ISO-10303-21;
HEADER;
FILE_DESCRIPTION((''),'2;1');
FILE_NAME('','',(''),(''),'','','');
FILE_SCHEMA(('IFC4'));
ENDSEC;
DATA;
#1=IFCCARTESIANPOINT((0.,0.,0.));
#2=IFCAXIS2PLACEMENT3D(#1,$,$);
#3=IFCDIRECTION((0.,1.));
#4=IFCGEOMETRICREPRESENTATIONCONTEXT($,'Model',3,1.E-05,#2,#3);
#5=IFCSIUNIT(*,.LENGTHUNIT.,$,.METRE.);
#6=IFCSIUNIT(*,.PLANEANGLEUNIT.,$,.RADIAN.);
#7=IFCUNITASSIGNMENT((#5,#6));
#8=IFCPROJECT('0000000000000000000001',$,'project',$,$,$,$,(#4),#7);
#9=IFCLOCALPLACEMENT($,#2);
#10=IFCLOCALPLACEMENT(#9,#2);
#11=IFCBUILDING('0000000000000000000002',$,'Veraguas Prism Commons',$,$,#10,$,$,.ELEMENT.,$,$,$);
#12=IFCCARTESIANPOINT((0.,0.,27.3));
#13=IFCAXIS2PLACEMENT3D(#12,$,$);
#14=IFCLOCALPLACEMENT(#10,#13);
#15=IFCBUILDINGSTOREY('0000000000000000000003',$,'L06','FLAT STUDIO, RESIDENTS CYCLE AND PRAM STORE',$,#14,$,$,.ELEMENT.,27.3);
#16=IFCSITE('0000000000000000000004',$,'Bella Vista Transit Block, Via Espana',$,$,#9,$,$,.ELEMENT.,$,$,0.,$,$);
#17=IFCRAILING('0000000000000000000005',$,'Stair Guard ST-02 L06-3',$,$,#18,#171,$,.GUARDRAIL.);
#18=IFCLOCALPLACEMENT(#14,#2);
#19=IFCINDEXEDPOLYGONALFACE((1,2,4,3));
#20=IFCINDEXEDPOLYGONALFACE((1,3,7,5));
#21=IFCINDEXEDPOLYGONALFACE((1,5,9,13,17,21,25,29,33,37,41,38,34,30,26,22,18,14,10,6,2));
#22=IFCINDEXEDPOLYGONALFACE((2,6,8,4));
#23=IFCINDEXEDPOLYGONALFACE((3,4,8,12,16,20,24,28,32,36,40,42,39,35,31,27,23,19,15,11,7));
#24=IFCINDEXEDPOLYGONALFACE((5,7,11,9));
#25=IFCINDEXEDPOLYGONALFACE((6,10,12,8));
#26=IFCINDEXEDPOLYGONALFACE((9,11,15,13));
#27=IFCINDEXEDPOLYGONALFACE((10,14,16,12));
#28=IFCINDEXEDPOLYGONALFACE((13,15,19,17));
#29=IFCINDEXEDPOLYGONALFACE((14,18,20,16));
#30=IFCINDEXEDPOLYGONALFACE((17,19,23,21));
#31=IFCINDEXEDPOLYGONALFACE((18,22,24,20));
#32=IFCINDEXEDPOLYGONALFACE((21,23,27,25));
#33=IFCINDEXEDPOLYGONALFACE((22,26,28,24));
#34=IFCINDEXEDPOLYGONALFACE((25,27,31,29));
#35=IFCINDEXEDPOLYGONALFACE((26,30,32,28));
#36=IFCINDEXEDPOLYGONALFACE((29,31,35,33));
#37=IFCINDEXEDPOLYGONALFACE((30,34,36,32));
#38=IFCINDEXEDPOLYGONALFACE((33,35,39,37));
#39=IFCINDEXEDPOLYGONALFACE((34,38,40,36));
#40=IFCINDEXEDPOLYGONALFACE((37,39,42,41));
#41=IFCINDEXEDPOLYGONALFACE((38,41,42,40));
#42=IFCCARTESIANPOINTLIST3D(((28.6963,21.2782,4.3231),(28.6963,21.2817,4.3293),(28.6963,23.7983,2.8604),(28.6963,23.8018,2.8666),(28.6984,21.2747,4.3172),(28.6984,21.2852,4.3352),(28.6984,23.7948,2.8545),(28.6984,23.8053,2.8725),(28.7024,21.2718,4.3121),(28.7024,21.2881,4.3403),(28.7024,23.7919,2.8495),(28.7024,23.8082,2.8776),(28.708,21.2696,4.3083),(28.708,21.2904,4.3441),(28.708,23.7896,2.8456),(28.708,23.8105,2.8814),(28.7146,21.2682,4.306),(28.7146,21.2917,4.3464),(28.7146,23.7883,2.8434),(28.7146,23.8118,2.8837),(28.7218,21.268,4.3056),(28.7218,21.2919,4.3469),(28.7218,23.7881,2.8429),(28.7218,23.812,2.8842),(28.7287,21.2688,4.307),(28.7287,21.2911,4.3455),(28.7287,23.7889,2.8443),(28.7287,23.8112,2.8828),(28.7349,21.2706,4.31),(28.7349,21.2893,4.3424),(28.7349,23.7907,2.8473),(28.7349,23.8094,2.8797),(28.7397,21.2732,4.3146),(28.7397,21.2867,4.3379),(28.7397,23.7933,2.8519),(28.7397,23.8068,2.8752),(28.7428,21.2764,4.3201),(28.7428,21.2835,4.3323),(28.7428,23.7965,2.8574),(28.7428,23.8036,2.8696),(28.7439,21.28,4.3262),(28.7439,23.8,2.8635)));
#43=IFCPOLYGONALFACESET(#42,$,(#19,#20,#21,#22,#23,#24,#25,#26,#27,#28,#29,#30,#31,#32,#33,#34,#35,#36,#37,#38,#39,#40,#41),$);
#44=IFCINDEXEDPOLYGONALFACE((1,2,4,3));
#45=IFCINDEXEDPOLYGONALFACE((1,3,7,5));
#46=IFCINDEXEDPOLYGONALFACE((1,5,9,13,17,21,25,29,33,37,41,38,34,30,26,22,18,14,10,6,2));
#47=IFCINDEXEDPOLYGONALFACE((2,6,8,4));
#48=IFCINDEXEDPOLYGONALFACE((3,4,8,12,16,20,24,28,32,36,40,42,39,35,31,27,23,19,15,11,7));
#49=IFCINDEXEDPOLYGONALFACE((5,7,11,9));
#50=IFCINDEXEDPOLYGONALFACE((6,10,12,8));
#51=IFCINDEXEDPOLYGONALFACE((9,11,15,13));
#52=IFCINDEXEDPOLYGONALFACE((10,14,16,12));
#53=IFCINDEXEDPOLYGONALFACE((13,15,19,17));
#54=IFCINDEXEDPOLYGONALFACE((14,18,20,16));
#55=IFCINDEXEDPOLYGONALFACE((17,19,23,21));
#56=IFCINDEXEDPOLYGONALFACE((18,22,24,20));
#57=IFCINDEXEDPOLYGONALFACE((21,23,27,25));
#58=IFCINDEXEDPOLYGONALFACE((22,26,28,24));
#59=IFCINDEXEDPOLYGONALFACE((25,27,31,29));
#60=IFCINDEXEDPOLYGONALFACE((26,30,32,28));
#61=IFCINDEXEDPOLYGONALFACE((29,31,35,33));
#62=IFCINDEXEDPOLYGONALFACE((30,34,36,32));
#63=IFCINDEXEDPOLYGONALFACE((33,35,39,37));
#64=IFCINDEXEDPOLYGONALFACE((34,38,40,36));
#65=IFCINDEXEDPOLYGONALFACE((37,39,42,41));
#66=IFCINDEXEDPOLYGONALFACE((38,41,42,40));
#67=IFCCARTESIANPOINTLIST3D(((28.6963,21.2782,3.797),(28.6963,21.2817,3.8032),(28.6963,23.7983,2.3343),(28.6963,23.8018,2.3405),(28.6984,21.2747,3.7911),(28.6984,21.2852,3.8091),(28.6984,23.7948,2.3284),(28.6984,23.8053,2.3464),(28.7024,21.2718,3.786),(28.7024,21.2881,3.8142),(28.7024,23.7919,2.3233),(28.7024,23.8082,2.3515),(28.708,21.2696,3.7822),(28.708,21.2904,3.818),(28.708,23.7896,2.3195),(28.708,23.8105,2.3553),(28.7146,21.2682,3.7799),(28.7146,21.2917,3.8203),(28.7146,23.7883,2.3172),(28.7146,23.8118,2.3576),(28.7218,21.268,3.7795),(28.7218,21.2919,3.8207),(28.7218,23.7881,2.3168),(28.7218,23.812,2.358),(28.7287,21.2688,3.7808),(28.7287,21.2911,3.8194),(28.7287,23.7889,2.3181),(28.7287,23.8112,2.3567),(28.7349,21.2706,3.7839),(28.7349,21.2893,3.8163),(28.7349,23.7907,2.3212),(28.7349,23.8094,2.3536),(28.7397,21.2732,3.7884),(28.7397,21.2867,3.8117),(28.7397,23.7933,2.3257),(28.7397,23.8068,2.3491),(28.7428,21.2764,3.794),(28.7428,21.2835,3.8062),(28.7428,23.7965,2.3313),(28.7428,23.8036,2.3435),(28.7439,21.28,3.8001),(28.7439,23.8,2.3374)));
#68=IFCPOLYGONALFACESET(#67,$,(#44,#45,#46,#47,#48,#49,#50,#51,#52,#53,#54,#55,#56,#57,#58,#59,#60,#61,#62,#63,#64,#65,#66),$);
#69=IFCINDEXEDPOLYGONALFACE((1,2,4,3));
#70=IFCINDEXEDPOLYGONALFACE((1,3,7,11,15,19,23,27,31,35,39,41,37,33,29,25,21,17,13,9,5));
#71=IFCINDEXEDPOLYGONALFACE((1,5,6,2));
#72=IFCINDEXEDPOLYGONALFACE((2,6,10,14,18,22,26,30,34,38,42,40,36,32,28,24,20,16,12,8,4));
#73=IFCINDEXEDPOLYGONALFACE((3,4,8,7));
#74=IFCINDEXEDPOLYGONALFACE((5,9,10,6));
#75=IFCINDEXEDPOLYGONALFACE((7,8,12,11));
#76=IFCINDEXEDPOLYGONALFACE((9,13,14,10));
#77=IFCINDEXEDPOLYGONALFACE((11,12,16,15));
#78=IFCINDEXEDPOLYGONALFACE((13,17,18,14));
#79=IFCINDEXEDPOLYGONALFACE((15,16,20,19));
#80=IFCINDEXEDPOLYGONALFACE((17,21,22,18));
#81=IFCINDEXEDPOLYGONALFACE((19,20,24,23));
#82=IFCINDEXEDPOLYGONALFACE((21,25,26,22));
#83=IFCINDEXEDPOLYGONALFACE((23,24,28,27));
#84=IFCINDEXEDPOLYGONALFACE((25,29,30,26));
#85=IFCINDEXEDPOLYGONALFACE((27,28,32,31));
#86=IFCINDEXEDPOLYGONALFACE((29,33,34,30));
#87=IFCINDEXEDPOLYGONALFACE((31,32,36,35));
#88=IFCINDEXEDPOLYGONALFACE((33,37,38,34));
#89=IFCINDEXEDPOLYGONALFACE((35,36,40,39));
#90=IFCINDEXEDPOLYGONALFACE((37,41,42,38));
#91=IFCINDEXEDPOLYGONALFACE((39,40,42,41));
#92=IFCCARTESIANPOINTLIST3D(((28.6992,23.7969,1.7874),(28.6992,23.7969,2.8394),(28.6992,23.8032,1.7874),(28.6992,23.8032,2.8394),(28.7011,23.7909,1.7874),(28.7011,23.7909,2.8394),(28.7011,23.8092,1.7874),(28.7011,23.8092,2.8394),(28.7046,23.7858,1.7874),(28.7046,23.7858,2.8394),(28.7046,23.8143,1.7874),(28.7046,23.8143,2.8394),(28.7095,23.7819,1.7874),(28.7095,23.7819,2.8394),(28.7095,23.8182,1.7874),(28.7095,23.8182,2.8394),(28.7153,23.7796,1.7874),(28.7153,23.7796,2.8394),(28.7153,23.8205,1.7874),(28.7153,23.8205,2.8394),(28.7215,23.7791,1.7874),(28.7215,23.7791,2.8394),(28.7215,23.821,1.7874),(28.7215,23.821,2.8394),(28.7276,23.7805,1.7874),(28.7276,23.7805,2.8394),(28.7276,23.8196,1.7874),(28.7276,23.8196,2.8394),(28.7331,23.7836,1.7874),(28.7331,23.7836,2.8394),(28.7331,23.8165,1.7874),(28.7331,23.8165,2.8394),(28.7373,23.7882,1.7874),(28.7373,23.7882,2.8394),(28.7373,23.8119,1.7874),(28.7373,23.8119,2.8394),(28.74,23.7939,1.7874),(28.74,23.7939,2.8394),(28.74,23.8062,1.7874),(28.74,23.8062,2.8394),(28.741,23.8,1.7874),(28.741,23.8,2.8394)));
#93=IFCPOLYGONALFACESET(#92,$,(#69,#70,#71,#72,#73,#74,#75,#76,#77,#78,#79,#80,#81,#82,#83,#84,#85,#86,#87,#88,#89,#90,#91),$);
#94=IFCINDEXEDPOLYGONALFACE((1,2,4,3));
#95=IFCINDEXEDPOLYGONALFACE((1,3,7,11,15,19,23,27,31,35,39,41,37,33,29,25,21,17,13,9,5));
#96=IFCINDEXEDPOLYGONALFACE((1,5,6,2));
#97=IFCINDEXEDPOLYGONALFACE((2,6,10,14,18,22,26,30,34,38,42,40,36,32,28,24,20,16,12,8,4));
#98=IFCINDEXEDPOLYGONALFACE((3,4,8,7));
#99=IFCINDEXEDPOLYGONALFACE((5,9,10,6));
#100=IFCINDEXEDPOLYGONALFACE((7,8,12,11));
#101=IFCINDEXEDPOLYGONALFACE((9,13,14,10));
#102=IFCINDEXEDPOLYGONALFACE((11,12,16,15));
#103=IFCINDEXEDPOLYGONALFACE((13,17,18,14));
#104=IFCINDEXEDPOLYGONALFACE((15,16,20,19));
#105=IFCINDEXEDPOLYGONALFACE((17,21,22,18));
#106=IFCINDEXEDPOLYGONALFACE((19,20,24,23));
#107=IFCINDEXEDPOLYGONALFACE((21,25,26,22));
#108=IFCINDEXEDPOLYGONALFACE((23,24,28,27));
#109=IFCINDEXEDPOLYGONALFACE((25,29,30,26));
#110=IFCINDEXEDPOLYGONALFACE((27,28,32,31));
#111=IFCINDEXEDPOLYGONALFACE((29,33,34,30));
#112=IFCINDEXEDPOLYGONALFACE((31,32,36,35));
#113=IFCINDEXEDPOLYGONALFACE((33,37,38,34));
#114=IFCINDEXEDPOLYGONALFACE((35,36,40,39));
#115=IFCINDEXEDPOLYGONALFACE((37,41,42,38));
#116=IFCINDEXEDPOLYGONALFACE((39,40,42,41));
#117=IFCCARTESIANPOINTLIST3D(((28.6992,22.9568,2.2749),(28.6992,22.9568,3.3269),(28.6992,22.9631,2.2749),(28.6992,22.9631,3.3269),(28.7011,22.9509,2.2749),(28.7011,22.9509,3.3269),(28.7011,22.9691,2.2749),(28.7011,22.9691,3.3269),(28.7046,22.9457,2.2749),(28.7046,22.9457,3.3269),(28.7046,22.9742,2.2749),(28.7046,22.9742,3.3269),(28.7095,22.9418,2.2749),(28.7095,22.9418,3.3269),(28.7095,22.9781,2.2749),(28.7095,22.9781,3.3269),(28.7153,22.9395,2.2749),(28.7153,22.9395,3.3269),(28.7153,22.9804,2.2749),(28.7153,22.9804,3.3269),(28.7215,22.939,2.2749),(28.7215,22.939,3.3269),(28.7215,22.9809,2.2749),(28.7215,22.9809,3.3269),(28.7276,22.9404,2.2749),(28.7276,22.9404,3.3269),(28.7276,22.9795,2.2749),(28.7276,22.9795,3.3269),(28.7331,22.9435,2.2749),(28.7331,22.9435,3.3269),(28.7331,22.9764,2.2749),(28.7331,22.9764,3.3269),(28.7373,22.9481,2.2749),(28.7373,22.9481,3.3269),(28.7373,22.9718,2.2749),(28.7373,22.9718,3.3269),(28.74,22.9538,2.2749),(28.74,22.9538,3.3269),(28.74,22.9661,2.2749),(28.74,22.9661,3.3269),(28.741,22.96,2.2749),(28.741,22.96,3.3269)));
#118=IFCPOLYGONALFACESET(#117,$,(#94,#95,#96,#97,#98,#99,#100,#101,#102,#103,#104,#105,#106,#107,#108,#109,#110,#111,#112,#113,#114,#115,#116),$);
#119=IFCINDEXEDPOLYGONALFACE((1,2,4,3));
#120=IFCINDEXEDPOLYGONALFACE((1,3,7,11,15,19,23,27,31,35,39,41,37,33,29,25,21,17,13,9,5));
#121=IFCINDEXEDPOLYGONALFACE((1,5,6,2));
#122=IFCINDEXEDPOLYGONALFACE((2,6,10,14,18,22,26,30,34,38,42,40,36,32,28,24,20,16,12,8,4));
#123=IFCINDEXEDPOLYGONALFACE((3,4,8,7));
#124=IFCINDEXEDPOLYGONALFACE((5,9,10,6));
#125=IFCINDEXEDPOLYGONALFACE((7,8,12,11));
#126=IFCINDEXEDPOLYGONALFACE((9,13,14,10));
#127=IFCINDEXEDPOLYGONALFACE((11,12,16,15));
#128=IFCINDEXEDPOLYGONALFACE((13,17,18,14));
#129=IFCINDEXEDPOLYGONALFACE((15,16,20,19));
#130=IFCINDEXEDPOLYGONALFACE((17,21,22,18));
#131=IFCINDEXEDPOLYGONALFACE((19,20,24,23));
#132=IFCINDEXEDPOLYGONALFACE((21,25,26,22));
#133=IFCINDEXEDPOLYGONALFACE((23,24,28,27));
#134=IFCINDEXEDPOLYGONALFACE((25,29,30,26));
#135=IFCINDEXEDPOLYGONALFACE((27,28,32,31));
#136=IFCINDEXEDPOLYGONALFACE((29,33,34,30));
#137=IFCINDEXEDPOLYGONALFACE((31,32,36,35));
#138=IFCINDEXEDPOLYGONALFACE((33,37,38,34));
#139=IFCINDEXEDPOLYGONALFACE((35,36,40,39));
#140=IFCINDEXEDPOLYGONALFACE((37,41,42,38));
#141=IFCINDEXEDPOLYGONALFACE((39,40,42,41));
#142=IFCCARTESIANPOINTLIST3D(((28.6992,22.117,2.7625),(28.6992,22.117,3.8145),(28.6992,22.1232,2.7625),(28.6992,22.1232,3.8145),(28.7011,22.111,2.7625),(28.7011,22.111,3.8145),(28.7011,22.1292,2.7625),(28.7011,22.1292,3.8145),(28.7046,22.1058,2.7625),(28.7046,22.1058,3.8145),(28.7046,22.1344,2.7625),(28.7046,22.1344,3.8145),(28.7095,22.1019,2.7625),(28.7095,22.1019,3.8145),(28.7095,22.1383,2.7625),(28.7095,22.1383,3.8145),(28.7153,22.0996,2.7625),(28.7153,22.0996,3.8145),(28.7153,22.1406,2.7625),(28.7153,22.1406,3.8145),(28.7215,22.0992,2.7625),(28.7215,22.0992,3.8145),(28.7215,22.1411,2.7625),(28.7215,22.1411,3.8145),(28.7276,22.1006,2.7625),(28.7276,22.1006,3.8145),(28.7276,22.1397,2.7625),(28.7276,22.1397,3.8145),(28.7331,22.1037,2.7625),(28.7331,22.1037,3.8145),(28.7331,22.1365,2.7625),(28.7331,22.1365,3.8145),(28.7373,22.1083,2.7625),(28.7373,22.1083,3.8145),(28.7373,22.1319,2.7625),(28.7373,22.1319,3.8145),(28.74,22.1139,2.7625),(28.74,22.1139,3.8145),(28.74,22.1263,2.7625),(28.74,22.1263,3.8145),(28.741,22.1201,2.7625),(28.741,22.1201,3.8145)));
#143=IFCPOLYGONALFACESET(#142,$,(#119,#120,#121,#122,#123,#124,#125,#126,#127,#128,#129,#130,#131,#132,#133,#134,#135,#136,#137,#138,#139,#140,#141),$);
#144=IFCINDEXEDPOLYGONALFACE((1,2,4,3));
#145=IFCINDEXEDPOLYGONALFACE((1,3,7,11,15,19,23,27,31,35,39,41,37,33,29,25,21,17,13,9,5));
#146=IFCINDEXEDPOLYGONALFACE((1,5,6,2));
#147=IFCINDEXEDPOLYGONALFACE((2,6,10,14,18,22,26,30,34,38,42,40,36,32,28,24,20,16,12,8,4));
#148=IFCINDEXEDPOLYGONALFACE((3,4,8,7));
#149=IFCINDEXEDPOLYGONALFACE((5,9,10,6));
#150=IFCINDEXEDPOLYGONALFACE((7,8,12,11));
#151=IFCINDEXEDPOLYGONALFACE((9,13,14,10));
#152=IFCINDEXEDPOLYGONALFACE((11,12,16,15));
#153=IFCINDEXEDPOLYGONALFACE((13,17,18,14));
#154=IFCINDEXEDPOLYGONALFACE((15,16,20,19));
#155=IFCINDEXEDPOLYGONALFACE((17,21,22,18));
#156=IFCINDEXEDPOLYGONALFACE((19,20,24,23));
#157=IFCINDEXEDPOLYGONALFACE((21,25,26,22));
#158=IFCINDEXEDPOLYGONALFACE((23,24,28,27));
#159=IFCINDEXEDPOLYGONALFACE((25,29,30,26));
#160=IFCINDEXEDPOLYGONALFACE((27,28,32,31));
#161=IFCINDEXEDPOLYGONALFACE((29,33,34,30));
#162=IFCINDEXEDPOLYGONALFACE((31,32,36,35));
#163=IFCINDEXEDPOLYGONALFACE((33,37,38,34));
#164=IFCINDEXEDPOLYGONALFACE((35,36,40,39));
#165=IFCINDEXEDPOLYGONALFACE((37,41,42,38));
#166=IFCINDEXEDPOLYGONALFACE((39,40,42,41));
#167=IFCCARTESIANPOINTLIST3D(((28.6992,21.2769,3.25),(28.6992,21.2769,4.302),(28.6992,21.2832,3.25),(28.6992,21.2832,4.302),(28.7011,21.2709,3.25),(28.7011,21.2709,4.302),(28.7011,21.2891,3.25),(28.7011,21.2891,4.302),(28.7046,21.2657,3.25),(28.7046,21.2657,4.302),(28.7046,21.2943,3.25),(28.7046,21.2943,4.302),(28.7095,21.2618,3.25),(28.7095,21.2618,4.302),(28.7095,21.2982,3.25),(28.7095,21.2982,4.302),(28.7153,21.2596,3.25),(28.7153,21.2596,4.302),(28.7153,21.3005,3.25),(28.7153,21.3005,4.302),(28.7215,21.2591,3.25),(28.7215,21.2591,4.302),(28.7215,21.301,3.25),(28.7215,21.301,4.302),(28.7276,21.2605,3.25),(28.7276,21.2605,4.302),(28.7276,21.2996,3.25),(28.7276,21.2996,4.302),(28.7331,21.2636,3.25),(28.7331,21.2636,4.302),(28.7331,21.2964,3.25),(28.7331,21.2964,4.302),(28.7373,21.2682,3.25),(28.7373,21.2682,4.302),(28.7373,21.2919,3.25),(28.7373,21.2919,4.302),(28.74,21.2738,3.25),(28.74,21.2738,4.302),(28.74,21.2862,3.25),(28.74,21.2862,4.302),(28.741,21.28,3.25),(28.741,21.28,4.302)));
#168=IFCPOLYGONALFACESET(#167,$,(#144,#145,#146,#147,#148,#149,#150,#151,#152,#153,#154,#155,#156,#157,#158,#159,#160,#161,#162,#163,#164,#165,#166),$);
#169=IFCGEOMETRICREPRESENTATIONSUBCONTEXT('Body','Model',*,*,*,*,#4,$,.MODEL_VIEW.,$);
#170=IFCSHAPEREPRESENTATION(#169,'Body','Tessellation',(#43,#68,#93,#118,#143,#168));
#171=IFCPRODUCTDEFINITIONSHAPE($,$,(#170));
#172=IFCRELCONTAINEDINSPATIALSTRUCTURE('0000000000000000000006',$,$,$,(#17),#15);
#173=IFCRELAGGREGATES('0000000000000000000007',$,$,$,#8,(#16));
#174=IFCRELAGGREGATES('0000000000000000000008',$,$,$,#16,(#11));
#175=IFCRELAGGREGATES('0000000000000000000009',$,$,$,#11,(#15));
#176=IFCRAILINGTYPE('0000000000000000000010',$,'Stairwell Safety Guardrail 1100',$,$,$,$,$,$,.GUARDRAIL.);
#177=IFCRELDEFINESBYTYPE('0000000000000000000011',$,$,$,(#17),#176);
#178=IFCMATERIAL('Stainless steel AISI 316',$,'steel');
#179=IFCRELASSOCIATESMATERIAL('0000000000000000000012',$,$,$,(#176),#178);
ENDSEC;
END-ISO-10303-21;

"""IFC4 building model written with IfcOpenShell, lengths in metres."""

from ifc_helpers import new_model, si_unit, direction, frame, origin, origin_2d, place, context, subcontext, project, spatial, circle, extrude, material, type_object, element, save


model = new_model("IFC4")

# Units and contexts
model_context = context("Model", 3, precision=1e-05, world=origin(), true_north=direction((0.0, 1.0)))
body_context = subcontext(model_context, "Body", "Model", "MODEL_VIEW")
ifc_project = project(units=[si_unit("LENGTHUNIT", "METRE"), si_unit("PLANEANGLEUNIT", "RADIAN")], contexts=[model_context])

# Site, building, storey
site_placement = place(None, origin())
site = spatial("IfcSite", under=ifc_project, at=site_placement, Name="Bella Vista Transit Block, Via Espana", CompositionType="ELEMENT", RefElevation=0.0)
building_placement = place(site_placement, origin())
building = spatial("IfcBuilding", under=site, at=building_placement, Name="Veraguas Prism Commons", CompositionType="ELEMENT")
storey_placement = place(building_placement, frame((0.0, 0.0, 27.3)))
storey = spatial("IfcBuildingStorey", under=building, at=storey_placement, Name="L06", Description="FLAT STUDIO, RESIDENTS CYCLE AND PRAM STORE", CompositionType="ELEMENT", Elevation=27.3)

# Shared definitions
ifc_material_1 = material(Name="Stainless steel AISI 316", Category="steel")

# Railing
railing_type_1 = type_object("IfcRailingType", Name="Stairwell Safety Guardrail 1100", PredefinedType="GUARDRAIL", material=ifc_material_1)
railing_1_placement = place(storey_placement, frame((28.72, 23.8, 1.7874)))
element("IfcRailing", 1, at=railing_1_placement, inside=storey, type_object=railing_type_1, Name="Stair Guard ST-02 L06-3", PredefinedType="GUARDRAIL", context=body_context, shape_type="SweptSolid", body=[
    extrude(circle(Radius=0.0239, at=origin_2d()), frame((0.0, 0.0, 1.0762), z_axis=(0.0, -0.864877, 0.501984), x_axis=(1.0, 0.0, 0.0)), (0.0, 0.0, 1.0), 2.9138),
    extrude(circle(Radius=0.0239, at=origin_2d()), frame((0.0, 0.0, 0.55), z_axis=(0.0, -0.864877, 0.501984), x_axis=(1.0, 0.0, 0.0)), (0.0, 0.0, 1.0), 2.9138),
    extrude(circle(Radius=0.021, at=origin_2d()), origin(), (0.0, 0.0, 1.0), 1.052),
    extrude(circle(Radius=0.021, at=origin_2d()), frame((0.0, -0.8401, 0.4875)), (0.0, 0.0, 1.0), 1.052),
    extrude(circle(Radius=0.021, at=origin_2d()), frame((0.0, -1.6799, 0.9751)), (0.0, 0.0, 1.0), 1.052),
    extrude(circle(Radius=0.021, at=origin_2d()), frame((0.0, -2.52, 1.4626)), (0.0, 0.0, 1.0), 1.052),
])

save(model, "model.ifc")
